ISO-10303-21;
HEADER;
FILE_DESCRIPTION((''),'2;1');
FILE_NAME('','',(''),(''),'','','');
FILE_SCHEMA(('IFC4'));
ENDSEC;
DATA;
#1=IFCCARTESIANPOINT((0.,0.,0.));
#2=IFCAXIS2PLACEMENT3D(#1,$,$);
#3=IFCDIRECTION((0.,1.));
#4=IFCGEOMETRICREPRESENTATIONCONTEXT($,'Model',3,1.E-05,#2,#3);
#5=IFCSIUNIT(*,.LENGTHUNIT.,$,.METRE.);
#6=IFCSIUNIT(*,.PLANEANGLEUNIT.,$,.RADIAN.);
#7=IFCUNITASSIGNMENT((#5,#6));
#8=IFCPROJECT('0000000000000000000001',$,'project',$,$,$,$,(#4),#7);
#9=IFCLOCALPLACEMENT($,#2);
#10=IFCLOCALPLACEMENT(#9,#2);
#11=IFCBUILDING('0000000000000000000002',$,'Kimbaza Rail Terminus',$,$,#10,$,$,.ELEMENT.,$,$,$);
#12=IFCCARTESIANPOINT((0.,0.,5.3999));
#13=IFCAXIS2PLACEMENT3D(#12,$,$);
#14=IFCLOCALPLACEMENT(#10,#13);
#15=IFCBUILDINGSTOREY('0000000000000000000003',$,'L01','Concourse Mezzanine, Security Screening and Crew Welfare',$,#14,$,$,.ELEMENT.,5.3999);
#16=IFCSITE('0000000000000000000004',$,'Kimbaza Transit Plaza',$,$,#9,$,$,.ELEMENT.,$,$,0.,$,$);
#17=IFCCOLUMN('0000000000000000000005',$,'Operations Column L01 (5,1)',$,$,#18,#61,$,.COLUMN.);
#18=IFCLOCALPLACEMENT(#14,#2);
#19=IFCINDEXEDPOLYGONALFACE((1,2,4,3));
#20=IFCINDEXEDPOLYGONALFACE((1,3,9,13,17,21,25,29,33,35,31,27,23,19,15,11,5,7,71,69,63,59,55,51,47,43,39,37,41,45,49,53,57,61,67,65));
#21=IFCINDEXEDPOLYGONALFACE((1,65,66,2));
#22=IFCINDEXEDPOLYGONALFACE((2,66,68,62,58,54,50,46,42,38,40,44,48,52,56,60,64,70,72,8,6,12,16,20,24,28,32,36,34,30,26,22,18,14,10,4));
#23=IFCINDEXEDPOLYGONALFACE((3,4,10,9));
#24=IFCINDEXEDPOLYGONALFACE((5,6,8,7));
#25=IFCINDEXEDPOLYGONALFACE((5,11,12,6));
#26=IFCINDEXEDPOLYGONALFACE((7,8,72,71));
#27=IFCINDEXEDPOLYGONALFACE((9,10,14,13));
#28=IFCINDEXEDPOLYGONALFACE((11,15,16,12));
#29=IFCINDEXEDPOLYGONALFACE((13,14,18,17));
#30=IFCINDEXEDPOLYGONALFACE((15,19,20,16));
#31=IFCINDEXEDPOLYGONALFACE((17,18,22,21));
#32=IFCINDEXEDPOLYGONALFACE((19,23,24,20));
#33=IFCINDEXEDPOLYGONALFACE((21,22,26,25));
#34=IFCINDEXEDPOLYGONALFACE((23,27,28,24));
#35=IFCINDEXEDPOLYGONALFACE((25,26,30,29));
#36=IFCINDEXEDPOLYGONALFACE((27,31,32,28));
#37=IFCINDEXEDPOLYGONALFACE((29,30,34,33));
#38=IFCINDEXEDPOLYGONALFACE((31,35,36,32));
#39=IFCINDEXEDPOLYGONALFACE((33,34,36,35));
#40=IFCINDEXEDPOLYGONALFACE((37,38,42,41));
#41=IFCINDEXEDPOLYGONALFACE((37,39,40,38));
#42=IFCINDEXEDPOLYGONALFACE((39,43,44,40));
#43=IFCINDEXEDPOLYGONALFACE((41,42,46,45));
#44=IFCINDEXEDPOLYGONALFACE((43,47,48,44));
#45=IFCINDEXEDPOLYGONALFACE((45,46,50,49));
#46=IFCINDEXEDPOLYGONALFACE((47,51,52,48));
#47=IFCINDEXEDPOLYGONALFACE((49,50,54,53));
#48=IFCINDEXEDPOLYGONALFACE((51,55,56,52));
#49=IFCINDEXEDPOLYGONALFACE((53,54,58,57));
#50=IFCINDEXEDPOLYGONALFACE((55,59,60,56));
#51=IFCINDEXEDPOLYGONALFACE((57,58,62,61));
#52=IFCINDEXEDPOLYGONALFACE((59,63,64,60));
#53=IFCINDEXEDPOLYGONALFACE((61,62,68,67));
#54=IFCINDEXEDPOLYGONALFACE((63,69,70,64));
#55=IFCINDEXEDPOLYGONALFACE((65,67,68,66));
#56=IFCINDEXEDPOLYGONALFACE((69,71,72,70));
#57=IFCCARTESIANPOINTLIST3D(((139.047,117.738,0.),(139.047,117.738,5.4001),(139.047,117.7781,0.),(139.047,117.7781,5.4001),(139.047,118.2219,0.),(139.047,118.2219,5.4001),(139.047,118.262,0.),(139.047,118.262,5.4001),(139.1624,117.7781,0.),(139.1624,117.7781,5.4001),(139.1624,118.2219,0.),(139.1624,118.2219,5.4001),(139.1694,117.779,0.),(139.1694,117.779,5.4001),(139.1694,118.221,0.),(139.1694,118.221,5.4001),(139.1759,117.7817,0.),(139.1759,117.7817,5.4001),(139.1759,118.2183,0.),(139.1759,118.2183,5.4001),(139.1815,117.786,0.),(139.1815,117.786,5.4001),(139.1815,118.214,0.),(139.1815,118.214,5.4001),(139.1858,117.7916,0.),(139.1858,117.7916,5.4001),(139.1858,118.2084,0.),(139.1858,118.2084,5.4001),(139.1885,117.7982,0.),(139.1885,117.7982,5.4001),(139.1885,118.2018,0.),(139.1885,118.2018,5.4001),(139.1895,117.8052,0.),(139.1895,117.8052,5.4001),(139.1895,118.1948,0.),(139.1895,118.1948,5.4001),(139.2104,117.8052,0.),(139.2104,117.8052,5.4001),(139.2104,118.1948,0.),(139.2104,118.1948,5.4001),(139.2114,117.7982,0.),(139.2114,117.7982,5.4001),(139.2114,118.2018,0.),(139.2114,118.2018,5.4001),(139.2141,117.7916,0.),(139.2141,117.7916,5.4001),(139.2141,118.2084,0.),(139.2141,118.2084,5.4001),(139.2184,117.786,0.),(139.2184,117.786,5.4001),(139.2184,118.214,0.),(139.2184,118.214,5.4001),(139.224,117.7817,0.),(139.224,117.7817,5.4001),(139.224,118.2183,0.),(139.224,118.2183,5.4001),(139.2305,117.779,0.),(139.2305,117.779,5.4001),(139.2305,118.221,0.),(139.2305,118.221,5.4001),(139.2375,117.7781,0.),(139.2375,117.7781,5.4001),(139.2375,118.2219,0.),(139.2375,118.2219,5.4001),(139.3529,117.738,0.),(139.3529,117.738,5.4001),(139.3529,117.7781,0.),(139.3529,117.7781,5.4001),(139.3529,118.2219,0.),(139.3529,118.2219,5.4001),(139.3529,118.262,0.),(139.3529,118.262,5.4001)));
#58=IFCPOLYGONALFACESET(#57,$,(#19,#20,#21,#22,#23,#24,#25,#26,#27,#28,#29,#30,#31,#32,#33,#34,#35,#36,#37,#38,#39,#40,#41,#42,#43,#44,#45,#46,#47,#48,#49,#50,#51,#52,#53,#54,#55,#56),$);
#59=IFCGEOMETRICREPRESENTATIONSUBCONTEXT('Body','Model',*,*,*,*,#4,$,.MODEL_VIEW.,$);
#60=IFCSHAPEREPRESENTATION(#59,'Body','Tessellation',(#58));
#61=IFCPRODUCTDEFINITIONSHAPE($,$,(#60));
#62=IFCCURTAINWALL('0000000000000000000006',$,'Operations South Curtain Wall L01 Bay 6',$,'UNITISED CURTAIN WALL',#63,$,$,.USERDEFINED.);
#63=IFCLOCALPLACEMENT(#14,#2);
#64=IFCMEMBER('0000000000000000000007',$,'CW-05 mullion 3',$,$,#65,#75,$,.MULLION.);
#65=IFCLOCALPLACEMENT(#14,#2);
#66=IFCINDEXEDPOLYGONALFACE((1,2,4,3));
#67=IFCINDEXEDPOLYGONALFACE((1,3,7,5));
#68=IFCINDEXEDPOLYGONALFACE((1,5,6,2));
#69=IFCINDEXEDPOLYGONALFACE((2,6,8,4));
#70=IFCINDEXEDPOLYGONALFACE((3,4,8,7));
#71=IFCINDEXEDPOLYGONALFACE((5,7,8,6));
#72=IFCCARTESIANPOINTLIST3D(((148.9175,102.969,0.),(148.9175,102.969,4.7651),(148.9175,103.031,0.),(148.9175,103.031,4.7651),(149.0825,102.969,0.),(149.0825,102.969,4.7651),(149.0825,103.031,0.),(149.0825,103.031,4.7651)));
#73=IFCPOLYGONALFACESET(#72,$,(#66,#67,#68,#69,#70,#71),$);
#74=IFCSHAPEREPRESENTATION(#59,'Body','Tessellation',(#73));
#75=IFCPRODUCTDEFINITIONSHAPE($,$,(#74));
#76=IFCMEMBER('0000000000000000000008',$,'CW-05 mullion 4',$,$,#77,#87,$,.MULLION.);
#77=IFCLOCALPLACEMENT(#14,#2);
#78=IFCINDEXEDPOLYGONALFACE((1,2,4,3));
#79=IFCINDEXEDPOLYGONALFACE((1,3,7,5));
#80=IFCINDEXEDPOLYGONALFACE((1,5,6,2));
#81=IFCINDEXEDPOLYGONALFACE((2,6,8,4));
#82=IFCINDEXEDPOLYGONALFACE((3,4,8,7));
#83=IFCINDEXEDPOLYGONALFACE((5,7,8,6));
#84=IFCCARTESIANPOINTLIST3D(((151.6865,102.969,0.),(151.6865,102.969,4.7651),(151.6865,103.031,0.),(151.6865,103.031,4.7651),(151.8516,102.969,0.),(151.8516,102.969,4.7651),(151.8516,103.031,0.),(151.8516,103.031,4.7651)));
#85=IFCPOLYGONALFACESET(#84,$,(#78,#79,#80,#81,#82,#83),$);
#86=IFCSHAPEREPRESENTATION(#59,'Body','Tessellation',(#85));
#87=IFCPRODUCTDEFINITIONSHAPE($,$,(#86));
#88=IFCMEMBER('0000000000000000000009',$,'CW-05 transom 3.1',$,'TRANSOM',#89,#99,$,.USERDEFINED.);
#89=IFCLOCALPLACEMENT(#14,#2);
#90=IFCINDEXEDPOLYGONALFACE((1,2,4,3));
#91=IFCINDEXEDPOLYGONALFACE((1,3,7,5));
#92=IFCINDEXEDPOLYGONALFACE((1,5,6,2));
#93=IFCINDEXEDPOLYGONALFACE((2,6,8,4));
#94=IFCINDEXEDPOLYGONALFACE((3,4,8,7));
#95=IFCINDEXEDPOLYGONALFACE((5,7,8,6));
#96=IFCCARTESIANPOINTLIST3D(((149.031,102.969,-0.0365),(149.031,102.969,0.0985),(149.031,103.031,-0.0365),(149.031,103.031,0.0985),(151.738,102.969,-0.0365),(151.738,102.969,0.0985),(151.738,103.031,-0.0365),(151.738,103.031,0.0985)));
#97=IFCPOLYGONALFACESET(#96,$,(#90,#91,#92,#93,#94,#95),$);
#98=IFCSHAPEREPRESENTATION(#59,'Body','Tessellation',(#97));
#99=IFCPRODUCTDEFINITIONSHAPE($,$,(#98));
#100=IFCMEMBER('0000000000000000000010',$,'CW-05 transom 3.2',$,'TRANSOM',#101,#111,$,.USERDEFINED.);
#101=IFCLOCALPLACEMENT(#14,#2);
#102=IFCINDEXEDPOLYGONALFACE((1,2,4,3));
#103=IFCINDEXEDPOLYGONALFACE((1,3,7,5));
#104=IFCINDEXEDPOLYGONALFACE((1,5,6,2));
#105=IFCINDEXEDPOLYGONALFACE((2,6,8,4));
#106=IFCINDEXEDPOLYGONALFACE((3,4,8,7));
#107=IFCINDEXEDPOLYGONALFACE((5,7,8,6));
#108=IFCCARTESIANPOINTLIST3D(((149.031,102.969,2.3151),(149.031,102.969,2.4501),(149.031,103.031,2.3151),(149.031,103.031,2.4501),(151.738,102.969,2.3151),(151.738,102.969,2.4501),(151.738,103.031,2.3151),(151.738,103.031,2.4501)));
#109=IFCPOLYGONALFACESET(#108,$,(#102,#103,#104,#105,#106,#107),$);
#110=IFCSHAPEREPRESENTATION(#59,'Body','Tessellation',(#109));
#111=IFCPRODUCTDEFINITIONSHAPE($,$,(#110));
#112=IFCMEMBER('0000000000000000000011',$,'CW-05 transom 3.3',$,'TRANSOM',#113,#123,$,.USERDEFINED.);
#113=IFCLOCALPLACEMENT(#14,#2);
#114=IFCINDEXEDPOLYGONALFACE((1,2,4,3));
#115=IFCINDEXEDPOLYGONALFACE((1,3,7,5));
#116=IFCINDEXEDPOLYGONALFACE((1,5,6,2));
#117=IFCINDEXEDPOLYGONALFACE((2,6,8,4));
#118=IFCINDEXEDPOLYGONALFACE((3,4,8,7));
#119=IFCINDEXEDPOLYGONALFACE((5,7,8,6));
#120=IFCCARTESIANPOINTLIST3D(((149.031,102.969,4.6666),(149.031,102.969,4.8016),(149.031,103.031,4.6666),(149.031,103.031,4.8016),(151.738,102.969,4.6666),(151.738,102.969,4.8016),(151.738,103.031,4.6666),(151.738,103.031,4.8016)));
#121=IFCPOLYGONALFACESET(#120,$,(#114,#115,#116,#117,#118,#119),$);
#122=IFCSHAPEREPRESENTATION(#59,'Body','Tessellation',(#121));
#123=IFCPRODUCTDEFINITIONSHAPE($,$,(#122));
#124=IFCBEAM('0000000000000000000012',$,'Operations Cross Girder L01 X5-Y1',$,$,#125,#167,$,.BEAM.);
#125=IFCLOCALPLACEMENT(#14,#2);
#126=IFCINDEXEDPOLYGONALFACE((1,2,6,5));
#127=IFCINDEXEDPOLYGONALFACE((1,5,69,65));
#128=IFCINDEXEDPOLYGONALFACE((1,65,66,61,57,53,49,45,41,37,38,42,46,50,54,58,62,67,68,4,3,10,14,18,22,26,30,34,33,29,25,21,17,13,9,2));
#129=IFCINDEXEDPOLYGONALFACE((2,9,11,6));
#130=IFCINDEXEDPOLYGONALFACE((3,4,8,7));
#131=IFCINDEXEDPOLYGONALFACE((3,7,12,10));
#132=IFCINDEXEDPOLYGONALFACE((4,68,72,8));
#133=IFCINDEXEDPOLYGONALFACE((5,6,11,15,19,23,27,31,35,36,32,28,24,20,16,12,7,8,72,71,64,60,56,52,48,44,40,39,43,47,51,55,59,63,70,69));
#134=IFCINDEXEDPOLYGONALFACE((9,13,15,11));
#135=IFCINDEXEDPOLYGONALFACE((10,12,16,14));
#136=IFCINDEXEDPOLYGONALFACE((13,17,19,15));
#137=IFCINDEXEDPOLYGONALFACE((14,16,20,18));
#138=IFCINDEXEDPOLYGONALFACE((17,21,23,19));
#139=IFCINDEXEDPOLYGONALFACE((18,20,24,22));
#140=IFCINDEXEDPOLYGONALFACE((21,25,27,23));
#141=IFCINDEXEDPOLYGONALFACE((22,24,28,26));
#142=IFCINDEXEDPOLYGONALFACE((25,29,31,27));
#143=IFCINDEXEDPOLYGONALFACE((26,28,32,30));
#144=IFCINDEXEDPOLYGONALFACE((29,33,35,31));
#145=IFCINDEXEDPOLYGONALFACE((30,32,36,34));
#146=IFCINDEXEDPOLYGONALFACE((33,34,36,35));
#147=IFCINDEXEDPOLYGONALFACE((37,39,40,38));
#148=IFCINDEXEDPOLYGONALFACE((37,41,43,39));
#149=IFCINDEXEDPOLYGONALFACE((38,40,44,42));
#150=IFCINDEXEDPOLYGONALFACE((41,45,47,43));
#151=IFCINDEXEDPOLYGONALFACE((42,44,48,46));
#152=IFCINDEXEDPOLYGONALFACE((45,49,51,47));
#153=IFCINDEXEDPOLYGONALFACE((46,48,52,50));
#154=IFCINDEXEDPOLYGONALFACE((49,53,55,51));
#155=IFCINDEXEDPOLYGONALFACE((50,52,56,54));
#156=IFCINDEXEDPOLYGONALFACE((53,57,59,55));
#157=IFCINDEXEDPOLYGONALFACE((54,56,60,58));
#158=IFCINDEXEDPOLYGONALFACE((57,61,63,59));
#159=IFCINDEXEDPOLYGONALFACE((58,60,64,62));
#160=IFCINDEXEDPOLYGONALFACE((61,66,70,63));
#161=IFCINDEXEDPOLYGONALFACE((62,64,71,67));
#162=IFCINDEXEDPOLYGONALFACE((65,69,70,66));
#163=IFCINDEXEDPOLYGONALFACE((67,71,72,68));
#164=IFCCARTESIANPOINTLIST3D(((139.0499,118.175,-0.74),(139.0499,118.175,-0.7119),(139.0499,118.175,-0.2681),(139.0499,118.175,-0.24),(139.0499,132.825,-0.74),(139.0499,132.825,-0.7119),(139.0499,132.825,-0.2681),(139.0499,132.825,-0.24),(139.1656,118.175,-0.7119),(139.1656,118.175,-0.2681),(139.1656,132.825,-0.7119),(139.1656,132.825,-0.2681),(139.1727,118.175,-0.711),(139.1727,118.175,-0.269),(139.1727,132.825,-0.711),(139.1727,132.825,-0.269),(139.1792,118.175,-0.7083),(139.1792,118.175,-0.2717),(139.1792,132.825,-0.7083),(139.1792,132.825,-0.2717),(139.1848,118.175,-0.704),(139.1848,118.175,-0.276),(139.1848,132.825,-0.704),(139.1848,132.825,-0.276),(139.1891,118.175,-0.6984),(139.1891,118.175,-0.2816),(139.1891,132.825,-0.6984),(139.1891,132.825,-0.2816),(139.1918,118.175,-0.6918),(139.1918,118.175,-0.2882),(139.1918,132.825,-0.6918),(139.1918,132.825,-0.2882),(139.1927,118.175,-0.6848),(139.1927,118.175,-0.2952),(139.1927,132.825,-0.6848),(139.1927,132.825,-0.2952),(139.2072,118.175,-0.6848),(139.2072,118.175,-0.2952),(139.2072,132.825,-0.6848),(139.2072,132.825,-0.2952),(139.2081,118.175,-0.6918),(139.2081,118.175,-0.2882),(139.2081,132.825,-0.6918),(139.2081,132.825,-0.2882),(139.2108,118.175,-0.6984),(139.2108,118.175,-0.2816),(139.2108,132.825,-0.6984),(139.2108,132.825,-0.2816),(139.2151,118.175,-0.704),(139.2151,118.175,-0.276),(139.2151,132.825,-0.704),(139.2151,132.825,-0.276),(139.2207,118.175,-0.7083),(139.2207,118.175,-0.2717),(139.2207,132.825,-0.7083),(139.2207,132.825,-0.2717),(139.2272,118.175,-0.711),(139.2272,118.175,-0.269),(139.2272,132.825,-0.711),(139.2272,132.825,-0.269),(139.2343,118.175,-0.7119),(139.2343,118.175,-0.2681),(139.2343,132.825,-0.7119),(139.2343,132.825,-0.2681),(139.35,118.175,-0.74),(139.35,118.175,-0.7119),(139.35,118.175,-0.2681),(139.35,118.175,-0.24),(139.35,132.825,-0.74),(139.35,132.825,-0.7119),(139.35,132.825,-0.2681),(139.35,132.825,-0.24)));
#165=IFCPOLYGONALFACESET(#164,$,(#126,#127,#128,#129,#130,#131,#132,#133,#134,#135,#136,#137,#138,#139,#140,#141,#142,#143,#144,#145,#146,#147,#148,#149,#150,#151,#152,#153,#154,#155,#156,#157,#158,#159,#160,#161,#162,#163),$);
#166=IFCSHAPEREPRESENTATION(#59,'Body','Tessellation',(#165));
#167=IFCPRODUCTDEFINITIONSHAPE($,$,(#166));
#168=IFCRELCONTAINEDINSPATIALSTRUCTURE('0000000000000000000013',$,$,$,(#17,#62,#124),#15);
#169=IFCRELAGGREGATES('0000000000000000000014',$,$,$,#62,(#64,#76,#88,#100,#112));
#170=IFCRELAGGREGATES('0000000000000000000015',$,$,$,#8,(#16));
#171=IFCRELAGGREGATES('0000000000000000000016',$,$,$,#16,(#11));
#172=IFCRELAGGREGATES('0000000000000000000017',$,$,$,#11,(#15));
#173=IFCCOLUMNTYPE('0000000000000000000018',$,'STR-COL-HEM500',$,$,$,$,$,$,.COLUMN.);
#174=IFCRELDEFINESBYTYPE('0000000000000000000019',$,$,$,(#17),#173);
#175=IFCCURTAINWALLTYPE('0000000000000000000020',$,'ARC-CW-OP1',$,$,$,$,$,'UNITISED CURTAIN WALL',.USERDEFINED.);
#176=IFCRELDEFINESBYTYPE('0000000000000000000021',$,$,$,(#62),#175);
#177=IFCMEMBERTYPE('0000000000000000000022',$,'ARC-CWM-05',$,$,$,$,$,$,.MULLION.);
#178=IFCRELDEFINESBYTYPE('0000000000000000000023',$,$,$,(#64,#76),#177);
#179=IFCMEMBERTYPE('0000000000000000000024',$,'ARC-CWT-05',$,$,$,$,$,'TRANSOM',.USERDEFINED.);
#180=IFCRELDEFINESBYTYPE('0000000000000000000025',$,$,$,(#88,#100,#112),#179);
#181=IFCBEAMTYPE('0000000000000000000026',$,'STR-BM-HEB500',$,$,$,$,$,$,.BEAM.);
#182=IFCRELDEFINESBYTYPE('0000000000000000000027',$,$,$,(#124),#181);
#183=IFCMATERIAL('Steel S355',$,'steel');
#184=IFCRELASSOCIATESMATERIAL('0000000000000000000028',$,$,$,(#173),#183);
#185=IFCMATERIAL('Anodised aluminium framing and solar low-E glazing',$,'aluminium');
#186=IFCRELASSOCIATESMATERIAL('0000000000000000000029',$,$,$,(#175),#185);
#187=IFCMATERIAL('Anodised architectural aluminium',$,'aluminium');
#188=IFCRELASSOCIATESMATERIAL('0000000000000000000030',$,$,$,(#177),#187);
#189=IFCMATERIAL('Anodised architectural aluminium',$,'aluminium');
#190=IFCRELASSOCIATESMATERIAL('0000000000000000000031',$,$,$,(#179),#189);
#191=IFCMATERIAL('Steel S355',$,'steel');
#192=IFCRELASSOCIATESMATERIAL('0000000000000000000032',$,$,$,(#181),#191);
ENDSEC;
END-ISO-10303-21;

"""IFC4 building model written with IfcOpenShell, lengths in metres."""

from ifc_helpers import new_model, si_unit, direction, frame, origin, origin_2d, place, context, subcontext, project, spatial, rectangle, i_section, extrude, material, material_profile, profile_set, type_object, element, aggregate, save


model = new_model("IFC4")

# Units and contexts
model_context = context("Model", 3, precision=1e-05, world=origin(), true_north=direction((0.0, 1.0)))
body_context = subcontext(model_context, "Body", "Model", "MODEL_VIEW")
ifc_project = project(units=[si_unit("LENGTHUNIT", "METRE"), si_unit("PLANEANGLEUNIT", "RADIAN")], contexts=[model_context])

# Site, building, storey
site_placement = place(None, origin())
site = spatial("IfcSite", under=ifc_project, at=site_placement, Name="Kimbaza Transit Plaza", CompositionType="ELEMENT", RefElevation=0.0)
building_placement = place(site_placement, origin())
building = spatial("IfcBuilding", under=site, at=building_placement, Name="Kimbaza Rail Terminus", CompositionType="ELEMENT")
storey_placement = place(building_placement, frame((0.0, 0.0, 5.3999)))
storey = spatial("IfcBuildingStorey", under=building, at=storey_placement, Name="L01", Description="Concourse Mezzanine, Security Screening and Crew Welfare", CompositionType="ELEMENT", Elevation=5.3999)

# Column
ifc_material_1 = material(Name="Steel S355", Category="steel")
ifc_material_profile_1 = material_profile(ifc_material_1, i_section(OverallWidth=0.3059, OverallDepth=0.5239, WebThickness=0.021, FlangeThickness=0.04, FilletRadius=0.0271, at=origin_2d()), Name="HEM 500")
ifc_profile_set_1 = profile_set([ifc_material_profile_1], Name="Steel S355")
column_type = type_object("IfcColumnType", Name="STR-COL-HEM500", PredefinedType="COLUMN", material=ifc_profile_set_1)
column_placement = place(storey_placement, frame((139.2, 118.0, 0.0), z_axis=(0.0, 0.0, 1.0), x_axis=(1.0, 0.0, 0.0)))
element("IfcColumn", 1, at=column_placement, inside=storey, type_object=column_type, Name="Operations Column L01 (5,1)", PredefinedType="COLUMN", context=body_context, shape_type="SweptSolid", body=[
    extrude(i_section(OverallWidth=0.3059, OverallDepth=0.5239, WebThickness=0.021, FlangeThickness=0.04, FilletRadius=0.0271, at=origin_2d()), origin(), (0.0, 0.0, 1.0), 5.4001),
])

# Curtain wall, members
ifc_material_2 = material(Name="Anodised aluminium framing and solar low-E glazing", Category="aluminium")
curtain_wall_type = type_object("IfcCurtainWallType", Name="ARC-CW-OP1", ElementType="UNITISED CURTAIN WALL", PredefinedType="USERDEFINED", material=ifc_material_2)
curtain_wall_placement = place(storey_placement, origin())
curtain_wall = element("IfcCurtainWall", 2, at=curtain_wall_placement, inside=storey, type_object=curtain_wall_type, Name="Operations South Curtain Wall L01 Bay 6", ObjectType="UNITISED CURTAIN WALL", PredefinedType="USERDEFINED")
ifc_material_3 = material(Name="Anodised architectural aluminium", Category="aluminium")
ifc_material_profile_2 = material_profile(ifc_material_3, rectangle(XDim=0.062, YDim=0.165, at=origin_2d()), Name="MULLION 62x165")
ifc_profile_set_2 = profile_set([ifc_material_profile_2], Name="Anodised architectural aluminium")
member_type_1 = type_object("IfcMemberType", Name="ARC-CWM-05", PredefinedType="MULLION", material=ifc_profile_set_2)
member_1_placement = place(storey_placement, frame((149.0, 103.0, 0.0), z_axis=(0.0, 0.0, 1.0), x_axis=(0.0, 1.0, 0.0)))
member_1 = element("IfcMember", 3, at=member_1_placement, type_object=member_type_1, Name="CW-05 mullion 3", PredefinedType="MULLION", context=body_context, shape_type="SweptSolid", body=[
    extrude(rectangle(XDim=0.062, YDim=0.165, at=origin_2d()), origin(), (0.0, 0.0, 1.0), 4.7651),
])
member_2_placement = place(storey_placement, frame((151.769, 103.0, 0.0), z_axis=(0.0, 0.0, 1.0), x_axis=(0.0, 1.0, 0.0)))
member_2 = element("IfcMember", 4, at=member_2_placement, type_object=member_type_1, Name="CW-05 mullion 4", PredefinedType="MULLION", context=body_context, shape_type="SweptSolid", body=[
    extrude(rectangle(XDim=0.062, YDim=0.165, at=origin_2d()), origin(), (0.0, 0.0, 1.0), 4.7651),
])
ifc_material_4 = material(Name="Anodised architectural aluminium", Category="aluminium")
ifc_material_profile_3 = material_profile(ifc_material_4, rectangle(XDim=0.062, YDim=0.135, at=origin_2d()), Name="TRANSOM 62x135")
ifc_profile_set_3 = profile_set([ifc_material_profile_3], Name="Anodised architectural aluminium")
member_type_2 = type_object("IfcMemberType", Name="ARC-CWT-05", ElementType="TRANSOM", PredefinedType="USERDEFINED", material=ifc_profile_set_3)
member_3_placement = place(storey_placement, frame((149.031, 103.0, 0.031), z_axis=(1.0, 0.0, 0.0), x_axis=(0.0, 1.0, 0.0)))
member_3 = element("IfcMember", 5, at=member_3_placement, type_object=member_type_2, Name="CW-05 transom 3.1", ObjectType="TRANSOM", PredefinedType="USERDEFINED", context=body_context, shape_type="SweptSolid", body=[
    extrude(rectangle(XDim=0.062, YDim=0.135, at=origin_2d()), origin(), (0.0, 0.0, 1.0), 2.707),
])
member_4_placement = place(storey_placement, frame((149.031, 103.0, 2.3826), z_axis=(1.0, 0.0, 0.0), x_axis=(0.0, 1.0, 0.0)))
member_4 = element("IfcMember", 6, at=member_4_placement, type_object=member_type_2, Name="CW-05 transom 3.2", ObjectType="TRANSOM", PredefinedType="USERDEFINED", context=body_context, shape_type="SweptSolid", body=[
    extrude(rectangle(XDim=0.062, YDim=0.135, at=origin_2d()), origin(), (0.0, 0.0, 1.0), 2.707),
])
member_5_placement = place(storey_placement, frame((149.031, 103.0, 4.7341), z_axis=(1.0, 0.0, 0.0), x_axis=(0.0, 1.0, 0.0)))
member_5 = element("IfcMember", 7, at=member_5_placement, type_object=member_type_2, Name="CW-05 transom 3.3", ObjectType="TRANSOM", PredefinedType="USERDEFINED", context=body_context, shape_type="SweptSolid", body=[
    extrude(rectangle(XDim=0.062, YDim=0.135, at=origin_2d()), origin(), (0.0, 0.0, 1.0), 2.707),
])

# Beam
ifc_material_5 = material(Name="Steel S355", Category="steel")
ifc_material_profile_4 = material_profile(ifc_material_5, i_section(OverallWidth=0.3, OverallDepth=0.5, WebThickness=0.0144, FlangeThickness=0.0281, FilletRadius=0.0271, at=origin_2d()), Name="HEB 500")
ifc_profile_set_4 = profile_set([ifc_material_profile_4], Name="Steel S355")
beam_type_1 = type_object("IfcBeamType", Name="STR-BM-HEB500", PredefinedType="BEAM", material=ifc_profile_set_4)
beam_1_placement = place(storey_placement, frame((139.2, 118.175, -0.49), z_axis=(0.0, 1.0, 0.0), x_axis=(-1.0, 0.0, 0.0)))
element("IfcBeam", 8, at=beam_1_placement, inside=storey, type_object=beam_type_1, Name="Operations Cross Girder L01 X5-Y1", PredefinedType="BEAM", context=body_context, shape_type="SweptSolid", body=[
    extrude(i_section(OverallWidth=0.3, OverallDepth=0.5, WebThickness=0.0144, FlangeThickness=0.0281, FilletRadius=0.0271, at=origin_2d()), origin(), (0.0, 0.0, 1.0), 14.6499),
])

aggregate(curtain_wall, [member_1, member_2, member_3, member_4, member_5])

save(model, "model.ifc")
